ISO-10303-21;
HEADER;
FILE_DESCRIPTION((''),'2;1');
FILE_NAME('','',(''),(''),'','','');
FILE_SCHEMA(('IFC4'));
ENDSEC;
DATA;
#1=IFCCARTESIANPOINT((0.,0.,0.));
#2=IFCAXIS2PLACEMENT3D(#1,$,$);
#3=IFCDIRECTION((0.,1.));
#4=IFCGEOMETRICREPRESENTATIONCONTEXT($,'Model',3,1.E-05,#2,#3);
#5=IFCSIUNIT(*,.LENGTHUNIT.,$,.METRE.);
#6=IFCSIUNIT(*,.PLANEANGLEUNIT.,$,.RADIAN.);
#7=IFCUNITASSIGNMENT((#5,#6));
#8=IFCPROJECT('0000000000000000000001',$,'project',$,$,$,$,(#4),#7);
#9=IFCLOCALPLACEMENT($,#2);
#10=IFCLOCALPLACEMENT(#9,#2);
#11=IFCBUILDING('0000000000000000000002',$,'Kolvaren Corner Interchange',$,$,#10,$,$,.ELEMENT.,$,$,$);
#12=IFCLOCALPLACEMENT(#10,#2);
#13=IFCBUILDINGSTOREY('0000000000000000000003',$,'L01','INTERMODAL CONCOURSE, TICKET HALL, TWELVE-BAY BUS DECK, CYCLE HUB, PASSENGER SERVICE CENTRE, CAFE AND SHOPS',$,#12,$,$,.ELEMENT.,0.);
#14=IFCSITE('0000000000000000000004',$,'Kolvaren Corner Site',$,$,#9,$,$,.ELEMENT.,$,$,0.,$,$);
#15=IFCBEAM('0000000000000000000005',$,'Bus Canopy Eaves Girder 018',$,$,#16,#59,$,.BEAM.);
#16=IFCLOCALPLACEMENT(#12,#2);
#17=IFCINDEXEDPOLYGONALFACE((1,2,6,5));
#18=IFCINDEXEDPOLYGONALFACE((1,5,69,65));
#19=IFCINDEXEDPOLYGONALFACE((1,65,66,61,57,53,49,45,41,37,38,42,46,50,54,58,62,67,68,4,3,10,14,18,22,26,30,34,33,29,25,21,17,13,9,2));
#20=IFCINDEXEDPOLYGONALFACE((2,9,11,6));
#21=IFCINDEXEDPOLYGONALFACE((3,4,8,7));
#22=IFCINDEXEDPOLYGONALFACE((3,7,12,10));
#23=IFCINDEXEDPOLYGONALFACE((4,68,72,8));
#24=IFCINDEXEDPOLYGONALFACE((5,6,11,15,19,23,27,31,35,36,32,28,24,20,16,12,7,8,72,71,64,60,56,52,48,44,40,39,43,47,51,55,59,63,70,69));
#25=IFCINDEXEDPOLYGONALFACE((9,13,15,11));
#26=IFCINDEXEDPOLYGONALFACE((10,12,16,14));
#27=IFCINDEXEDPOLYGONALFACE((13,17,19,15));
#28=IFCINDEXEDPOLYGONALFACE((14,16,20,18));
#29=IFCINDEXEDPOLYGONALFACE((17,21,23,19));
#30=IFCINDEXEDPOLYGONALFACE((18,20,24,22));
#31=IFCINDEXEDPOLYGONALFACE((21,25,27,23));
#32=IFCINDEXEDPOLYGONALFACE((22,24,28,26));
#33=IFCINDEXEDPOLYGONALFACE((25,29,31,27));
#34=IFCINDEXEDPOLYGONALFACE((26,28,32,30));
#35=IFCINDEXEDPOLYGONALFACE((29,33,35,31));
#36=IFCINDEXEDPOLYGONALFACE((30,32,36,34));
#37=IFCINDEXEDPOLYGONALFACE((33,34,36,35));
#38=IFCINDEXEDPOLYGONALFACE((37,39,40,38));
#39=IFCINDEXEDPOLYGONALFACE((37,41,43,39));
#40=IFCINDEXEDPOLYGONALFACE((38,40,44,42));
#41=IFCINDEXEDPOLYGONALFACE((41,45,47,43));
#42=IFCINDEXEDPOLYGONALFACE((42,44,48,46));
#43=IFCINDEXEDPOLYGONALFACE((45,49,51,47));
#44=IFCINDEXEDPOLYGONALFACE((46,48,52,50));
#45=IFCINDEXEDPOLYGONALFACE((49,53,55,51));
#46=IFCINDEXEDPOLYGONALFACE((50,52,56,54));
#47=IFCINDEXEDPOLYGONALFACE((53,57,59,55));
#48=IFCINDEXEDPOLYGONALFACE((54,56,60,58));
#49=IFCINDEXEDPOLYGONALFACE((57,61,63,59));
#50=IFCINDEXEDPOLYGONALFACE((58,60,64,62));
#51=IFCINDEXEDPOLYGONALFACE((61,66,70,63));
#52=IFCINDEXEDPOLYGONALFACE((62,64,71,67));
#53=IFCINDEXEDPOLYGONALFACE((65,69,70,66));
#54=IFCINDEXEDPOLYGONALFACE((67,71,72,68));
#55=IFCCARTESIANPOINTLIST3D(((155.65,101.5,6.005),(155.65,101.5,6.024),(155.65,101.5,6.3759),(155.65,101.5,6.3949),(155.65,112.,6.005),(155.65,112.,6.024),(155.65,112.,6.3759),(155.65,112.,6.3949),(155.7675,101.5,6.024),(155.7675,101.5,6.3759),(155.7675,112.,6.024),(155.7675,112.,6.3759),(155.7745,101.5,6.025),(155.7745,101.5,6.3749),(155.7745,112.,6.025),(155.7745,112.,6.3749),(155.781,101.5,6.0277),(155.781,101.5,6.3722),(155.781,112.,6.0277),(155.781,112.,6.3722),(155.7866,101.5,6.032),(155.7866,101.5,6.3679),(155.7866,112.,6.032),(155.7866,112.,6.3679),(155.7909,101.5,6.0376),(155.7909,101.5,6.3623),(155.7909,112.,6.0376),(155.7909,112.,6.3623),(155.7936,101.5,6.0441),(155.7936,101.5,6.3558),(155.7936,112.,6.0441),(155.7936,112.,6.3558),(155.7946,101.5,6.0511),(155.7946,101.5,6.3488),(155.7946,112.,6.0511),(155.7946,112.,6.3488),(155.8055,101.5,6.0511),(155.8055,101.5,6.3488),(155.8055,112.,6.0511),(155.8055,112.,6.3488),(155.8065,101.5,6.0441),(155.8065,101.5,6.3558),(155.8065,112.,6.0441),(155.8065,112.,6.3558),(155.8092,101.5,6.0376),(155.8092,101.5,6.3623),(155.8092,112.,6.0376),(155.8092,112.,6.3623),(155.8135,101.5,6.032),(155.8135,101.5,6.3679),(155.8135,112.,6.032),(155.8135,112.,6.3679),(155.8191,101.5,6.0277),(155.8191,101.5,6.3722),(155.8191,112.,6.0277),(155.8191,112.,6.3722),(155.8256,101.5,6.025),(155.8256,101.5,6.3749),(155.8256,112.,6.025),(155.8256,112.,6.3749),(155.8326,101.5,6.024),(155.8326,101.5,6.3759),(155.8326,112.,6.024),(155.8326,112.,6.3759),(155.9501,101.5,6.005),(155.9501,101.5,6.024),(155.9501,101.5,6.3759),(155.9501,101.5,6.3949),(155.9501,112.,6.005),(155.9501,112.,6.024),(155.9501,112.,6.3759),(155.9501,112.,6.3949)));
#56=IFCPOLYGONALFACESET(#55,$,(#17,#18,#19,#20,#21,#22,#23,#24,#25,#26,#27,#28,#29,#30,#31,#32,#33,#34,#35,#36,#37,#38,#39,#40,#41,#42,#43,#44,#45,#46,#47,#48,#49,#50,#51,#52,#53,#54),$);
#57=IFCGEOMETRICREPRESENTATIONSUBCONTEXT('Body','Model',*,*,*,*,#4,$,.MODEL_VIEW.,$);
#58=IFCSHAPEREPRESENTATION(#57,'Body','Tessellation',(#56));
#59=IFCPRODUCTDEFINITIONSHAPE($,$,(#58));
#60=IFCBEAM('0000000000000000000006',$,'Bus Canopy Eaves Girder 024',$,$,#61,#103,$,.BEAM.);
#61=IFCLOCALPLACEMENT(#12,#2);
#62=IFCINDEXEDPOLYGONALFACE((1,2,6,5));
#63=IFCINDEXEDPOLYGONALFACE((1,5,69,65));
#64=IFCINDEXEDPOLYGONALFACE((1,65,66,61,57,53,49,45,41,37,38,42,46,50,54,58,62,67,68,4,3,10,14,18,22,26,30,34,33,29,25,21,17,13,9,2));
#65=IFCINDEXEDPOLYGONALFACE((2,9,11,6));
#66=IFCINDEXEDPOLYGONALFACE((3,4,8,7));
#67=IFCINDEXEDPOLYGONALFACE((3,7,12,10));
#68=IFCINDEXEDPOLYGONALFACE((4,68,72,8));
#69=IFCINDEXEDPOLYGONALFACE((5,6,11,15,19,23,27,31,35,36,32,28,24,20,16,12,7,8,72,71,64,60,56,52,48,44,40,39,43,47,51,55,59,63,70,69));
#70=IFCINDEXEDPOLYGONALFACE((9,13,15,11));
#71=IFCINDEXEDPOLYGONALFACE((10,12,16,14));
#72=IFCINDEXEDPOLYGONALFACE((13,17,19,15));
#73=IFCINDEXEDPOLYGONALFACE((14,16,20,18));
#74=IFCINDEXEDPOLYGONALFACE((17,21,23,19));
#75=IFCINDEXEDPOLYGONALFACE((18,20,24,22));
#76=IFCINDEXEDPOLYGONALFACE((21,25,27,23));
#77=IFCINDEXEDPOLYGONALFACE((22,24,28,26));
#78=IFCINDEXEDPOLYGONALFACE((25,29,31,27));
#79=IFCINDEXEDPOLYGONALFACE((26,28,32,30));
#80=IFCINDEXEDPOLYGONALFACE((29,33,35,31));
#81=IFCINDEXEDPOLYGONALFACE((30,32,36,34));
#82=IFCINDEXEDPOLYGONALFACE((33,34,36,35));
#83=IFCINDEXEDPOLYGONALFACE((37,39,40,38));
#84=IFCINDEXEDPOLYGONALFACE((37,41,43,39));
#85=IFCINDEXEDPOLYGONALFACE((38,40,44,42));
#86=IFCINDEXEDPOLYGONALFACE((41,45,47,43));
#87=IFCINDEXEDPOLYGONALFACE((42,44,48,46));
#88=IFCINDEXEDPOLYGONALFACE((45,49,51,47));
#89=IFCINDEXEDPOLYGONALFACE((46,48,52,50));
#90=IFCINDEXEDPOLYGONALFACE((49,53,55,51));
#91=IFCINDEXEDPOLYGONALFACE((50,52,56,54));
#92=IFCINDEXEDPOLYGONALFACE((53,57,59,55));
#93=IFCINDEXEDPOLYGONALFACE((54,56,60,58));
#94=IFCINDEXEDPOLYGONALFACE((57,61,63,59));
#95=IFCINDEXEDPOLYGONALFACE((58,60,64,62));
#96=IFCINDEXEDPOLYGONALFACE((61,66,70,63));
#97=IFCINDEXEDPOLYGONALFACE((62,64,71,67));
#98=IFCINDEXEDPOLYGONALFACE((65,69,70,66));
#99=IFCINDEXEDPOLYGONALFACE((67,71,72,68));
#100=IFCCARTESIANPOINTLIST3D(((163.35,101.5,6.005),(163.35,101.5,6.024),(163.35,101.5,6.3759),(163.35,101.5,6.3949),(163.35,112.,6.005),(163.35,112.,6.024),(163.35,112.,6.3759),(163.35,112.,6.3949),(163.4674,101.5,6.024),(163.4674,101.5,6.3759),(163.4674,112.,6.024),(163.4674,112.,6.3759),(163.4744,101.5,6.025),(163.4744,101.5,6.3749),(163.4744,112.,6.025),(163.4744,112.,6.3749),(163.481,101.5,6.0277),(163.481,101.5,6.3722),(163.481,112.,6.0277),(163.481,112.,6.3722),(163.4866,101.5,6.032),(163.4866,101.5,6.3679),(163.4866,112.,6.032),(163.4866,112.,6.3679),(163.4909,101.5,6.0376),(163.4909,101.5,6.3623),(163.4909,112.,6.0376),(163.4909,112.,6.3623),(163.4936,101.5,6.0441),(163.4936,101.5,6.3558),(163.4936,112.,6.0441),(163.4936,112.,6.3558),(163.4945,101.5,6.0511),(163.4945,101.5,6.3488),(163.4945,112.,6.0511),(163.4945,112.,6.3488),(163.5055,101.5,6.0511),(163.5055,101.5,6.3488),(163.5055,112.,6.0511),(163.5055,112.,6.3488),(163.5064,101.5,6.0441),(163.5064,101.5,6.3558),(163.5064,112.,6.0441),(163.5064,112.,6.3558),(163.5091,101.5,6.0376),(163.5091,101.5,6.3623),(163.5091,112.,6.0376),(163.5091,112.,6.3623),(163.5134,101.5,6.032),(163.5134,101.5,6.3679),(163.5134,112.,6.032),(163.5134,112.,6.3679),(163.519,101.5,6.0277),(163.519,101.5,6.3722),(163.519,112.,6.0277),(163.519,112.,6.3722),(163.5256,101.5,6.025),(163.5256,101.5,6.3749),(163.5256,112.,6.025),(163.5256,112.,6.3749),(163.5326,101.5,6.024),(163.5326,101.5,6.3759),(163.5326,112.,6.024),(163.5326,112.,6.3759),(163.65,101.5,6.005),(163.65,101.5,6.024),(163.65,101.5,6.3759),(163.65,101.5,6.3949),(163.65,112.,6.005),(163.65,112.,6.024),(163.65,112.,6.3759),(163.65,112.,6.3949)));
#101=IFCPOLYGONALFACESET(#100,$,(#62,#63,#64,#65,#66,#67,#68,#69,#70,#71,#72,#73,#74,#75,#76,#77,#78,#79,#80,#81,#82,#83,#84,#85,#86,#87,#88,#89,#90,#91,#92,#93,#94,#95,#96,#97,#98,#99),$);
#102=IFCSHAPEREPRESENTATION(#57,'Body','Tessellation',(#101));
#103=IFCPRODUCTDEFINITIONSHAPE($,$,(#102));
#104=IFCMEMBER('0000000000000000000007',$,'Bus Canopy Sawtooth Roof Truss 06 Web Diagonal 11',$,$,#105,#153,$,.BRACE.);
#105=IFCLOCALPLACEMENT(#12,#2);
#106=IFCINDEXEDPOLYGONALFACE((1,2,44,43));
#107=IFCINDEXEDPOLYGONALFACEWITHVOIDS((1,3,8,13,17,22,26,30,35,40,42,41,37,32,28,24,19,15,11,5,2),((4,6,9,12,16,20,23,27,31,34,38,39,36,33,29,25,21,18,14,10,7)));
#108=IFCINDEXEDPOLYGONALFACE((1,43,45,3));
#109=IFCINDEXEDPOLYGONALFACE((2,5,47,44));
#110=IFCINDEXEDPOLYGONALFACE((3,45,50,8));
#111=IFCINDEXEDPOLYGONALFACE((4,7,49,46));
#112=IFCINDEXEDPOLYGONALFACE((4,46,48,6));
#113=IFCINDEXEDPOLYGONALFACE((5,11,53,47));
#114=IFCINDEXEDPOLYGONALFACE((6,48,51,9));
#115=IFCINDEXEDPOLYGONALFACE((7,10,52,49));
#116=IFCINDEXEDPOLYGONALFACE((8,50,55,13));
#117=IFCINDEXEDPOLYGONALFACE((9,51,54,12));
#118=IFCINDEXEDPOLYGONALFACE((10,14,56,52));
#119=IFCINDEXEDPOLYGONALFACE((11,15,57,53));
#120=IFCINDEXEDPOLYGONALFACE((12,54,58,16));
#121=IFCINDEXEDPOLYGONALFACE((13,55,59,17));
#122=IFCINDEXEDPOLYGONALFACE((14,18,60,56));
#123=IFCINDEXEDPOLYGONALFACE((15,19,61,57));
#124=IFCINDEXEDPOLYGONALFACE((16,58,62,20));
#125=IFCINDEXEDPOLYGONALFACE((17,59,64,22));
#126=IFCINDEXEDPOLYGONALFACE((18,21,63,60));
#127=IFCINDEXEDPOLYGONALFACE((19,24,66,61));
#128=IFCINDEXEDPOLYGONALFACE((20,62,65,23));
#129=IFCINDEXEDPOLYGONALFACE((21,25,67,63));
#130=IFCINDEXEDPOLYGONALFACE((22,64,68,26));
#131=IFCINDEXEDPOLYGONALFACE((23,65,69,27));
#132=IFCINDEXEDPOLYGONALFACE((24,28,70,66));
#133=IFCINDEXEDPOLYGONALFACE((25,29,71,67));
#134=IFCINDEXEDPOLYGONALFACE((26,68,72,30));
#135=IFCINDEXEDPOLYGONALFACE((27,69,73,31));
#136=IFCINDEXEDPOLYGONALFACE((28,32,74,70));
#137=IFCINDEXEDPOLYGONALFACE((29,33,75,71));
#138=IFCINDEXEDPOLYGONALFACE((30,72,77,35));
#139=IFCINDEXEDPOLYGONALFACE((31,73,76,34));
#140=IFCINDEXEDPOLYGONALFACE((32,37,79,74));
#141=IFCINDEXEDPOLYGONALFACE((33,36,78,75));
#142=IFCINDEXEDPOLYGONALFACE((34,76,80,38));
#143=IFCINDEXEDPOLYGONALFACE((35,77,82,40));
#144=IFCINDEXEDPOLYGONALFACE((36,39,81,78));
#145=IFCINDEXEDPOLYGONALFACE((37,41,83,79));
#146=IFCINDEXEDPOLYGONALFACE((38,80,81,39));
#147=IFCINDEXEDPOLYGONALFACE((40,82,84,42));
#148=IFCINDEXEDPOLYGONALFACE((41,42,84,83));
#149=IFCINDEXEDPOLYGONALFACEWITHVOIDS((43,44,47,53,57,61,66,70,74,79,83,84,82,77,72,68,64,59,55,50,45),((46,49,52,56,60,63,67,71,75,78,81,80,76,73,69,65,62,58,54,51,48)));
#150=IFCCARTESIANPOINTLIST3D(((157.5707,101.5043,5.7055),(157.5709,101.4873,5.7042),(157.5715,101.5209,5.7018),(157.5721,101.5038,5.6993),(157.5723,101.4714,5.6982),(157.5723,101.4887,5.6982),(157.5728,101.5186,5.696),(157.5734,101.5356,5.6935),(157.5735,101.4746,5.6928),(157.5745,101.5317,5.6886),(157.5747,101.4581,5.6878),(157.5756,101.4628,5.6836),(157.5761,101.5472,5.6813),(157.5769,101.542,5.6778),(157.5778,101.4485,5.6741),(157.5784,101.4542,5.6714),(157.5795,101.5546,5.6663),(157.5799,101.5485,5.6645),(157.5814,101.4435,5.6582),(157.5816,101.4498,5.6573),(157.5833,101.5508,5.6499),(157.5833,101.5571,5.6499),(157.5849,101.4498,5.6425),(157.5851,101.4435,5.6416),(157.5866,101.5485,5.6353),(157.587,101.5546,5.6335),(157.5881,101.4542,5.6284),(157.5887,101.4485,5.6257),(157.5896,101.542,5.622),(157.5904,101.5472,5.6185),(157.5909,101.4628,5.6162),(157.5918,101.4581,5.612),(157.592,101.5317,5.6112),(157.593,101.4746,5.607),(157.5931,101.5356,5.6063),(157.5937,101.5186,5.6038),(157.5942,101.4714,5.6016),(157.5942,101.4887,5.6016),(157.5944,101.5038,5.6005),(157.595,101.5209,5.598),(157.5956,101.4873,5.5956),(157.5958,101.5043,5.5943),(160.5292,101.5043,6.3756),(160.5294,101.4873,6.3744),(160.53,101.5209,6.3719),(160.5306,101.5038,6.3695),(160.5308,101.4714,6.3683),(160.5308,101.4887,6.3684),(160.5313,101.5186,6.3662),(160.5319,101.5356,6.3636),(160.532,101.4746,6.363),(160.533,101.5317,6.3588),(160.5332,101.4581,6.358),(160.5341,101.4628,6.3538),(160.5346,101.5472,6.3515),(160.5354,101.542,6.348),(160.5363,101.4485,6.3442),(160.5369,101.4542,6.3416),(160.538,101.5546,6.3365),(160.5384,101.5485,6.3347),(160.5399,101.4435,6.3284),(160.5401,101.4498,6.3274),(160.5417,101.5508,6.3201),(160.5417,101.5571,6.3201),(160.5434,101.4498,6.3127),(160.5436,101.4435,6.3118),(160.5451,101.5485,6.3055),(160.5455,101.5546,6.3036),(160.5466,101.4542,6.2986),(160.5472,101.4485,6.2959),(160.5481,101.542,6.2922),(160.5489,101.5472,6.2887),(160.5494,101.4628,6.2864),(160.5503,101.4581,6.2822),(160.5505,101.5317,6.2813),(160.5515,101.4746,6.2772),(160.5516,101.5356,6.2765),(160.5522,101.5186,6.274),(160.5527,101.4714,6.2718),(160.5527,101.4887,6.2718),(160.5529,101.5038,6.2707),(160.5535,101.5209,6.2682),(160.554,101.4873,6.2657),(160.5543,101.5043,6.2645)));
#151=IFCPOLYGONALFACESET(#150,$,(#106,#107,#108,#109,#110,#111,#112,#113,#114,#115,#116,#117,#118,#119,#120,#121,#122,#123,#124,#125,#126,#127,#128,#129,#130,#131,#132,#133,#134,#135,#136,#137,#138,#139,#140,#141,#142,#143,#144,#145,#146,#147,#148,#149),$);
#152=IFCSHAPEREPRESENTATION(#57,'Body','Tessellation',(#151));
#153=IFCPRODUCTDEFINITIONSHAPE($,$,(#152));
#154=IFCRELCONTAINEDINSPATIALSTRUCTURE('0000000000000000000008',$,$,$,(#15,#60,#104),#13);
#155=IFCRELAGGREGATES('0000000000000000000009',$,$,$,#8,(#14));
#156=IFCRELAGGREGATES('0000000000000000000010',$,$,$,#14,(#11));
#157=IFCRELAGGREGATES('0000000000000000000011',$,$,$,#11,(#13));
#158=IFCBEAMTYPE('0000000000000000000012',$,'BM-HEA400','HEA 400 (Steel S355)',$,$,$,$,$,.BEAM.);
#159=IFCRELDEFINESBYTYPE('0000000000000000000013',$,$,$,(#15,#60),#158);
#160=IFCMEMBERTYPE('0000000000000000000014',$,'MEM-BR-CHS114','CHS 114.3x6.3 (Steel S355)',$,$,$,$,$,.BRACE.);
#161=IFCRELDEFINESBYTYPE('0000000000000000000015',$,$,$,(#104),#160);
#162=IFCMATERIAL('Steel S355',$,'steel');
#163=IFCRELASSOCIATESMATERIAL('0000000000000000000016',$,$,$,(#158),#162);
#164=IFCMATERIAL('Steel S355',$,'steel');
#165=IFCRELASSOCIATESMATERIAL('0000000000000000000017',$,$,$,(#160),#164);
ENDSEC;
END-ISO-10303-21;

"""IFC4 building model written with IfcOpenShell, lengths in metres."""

from ifc_helpers import new_model, si_unit, direction, frame, origin, origin_2d, place, context, subcontext, project, spatial, hollow_circle, i_section, extrude, material, material_profile, profile_set, type_object, element, save


model = new_model("IFC4")

# Units and contexts
model_context = context("Model", 3, precision=1e-05, world=origin(), true_north=direction((0.0, 1.0)))
body_context = subcontext(model_context, "Body", "Model", "MODEL_VIEW")
ifc_project = project(units=[si_unit("LENGTHUNIT", "METRE"), si_unit("PLANEANGLEUNIT", "RADIAN")], contexts=[model_context])

# Site, building, storey
site_placement = place(None, origin())
site = spatial("IfcSite", under=ifc_project, at=site_placement, Name="Kolvaren Corner Site", CompositionType="ELEMENT", RefElevation=0.0)
building_placement = place(site_placement, origin())
building = spatial("IfcBuilding", under=site, at=building_placement, Name="Kolvaren Corner Interchange", CompositionType="ELEMENT")
storey_placement = place(building_placement, origin())
storey = spatial("IfcBuildingStorey", under=building, at=storey_placement, Name="L01", Description="INTERMODAL CONCOURSE, TICKET HALL, TWELVE-BAY BUS DECK, CYCLE HUB, PASSENGER SERVICE CENTRE, CAFE AND SHOPS", CompositionType="ELEMENT", Elevation=0.0)

# Beams
ifc_material_1 = material(Name="Steel S355", Category="steel")
ifc_material_profile_1 = material_profile(ifc_material_1, i_section(OverallWidth=0.3, OverallDepth=0.3899, WebThickness=0.011, FlangeThickness=0.019, FilletRadius=0.0271, at=origin_2d()), Name="HEA 400")
ifc_profile_set_1 = profile_set([ifc_material_profile_1], Name="Steel S355")
beam_type = type_object("IfcBeamType", Name="BM-HEA400", Description="HEA 400 (Steel S355)", PredefinedType="BEAM", material=ifc_profile_set_1)
for number, where, z_axis, x_axis, name in (
    (1, (155.8, 101.5, 6.2), (0.0, 1.0, 0.0), (-1.0, 0.0, 0.0), "Bus Canopy Eaves Girder 018"),
    (2, (163.5, 101.5, 6.2), (0.0, 1.0, 0.0), (-1.0, 0.0, 0.0), "Bus Canopy Eaves Girder 024"),
):
    element("IfcBeam", number, at=place(storey_placement, frame(where, z_axis=z_axis, x_axis=x_axis)), inside=storey, type_object=beam_type, Name=name, PredefinedType="BEAM", context=body_context, shape_type="SweptSolid", body=[
        extrude(i_section(OverallWidth=0.3, OverallDepth=0.3899, WebThickness=0.011, FlangeThickness=0.019, FilletRadius=0.0271, at=origin_2d()), origin(), (0.0, 0.0, 1.0), 10.5),
    ])

# Member
ifc_material_2 = material(Name="Steel S355", Category="steel")
ifc_material_profile_2 = material_profile(ifc_material_2, hollow_circle(Radius=0.0571, WallThickness=0.0063, at=origin_2d()), Name="CHS 114.3x6.3")
ifc_profile_set_2 = profile_set([ifc_material_profile_2], Name="Steel S355")
member_type_1 = type_object("IfcMemberType", Name="MEM-BR-CHS114", Description="CHS 114.3x6.3 (Steel S355)", PredefinedType="BRACE", material=ifc_profile_set_2)
member_1_placement = place(storey_placement, frame((157.5833, 101.5, 5.6499), z_axis=(0.975291, 0.0, 0.220925), x_axis=(0.0, 1.0, 0.0)))
element("IfcMember", 3, at=member_1_placement, inside=storey, type_object=member_type_1, Name="Bus Canopy Sawtooth Roof Truss 06 Web Diagonal 11", PredefinedType="BRACE", context=body_context, shape_type="SweptSolid", body=[
    extrude(hollow_circle(Radius=0.0571, WallThickness=0.0063, at=origin_2d()), origin(), (0.0, 0.0, 1.0), 3.0334),
])

save(model, "model.ifc")
